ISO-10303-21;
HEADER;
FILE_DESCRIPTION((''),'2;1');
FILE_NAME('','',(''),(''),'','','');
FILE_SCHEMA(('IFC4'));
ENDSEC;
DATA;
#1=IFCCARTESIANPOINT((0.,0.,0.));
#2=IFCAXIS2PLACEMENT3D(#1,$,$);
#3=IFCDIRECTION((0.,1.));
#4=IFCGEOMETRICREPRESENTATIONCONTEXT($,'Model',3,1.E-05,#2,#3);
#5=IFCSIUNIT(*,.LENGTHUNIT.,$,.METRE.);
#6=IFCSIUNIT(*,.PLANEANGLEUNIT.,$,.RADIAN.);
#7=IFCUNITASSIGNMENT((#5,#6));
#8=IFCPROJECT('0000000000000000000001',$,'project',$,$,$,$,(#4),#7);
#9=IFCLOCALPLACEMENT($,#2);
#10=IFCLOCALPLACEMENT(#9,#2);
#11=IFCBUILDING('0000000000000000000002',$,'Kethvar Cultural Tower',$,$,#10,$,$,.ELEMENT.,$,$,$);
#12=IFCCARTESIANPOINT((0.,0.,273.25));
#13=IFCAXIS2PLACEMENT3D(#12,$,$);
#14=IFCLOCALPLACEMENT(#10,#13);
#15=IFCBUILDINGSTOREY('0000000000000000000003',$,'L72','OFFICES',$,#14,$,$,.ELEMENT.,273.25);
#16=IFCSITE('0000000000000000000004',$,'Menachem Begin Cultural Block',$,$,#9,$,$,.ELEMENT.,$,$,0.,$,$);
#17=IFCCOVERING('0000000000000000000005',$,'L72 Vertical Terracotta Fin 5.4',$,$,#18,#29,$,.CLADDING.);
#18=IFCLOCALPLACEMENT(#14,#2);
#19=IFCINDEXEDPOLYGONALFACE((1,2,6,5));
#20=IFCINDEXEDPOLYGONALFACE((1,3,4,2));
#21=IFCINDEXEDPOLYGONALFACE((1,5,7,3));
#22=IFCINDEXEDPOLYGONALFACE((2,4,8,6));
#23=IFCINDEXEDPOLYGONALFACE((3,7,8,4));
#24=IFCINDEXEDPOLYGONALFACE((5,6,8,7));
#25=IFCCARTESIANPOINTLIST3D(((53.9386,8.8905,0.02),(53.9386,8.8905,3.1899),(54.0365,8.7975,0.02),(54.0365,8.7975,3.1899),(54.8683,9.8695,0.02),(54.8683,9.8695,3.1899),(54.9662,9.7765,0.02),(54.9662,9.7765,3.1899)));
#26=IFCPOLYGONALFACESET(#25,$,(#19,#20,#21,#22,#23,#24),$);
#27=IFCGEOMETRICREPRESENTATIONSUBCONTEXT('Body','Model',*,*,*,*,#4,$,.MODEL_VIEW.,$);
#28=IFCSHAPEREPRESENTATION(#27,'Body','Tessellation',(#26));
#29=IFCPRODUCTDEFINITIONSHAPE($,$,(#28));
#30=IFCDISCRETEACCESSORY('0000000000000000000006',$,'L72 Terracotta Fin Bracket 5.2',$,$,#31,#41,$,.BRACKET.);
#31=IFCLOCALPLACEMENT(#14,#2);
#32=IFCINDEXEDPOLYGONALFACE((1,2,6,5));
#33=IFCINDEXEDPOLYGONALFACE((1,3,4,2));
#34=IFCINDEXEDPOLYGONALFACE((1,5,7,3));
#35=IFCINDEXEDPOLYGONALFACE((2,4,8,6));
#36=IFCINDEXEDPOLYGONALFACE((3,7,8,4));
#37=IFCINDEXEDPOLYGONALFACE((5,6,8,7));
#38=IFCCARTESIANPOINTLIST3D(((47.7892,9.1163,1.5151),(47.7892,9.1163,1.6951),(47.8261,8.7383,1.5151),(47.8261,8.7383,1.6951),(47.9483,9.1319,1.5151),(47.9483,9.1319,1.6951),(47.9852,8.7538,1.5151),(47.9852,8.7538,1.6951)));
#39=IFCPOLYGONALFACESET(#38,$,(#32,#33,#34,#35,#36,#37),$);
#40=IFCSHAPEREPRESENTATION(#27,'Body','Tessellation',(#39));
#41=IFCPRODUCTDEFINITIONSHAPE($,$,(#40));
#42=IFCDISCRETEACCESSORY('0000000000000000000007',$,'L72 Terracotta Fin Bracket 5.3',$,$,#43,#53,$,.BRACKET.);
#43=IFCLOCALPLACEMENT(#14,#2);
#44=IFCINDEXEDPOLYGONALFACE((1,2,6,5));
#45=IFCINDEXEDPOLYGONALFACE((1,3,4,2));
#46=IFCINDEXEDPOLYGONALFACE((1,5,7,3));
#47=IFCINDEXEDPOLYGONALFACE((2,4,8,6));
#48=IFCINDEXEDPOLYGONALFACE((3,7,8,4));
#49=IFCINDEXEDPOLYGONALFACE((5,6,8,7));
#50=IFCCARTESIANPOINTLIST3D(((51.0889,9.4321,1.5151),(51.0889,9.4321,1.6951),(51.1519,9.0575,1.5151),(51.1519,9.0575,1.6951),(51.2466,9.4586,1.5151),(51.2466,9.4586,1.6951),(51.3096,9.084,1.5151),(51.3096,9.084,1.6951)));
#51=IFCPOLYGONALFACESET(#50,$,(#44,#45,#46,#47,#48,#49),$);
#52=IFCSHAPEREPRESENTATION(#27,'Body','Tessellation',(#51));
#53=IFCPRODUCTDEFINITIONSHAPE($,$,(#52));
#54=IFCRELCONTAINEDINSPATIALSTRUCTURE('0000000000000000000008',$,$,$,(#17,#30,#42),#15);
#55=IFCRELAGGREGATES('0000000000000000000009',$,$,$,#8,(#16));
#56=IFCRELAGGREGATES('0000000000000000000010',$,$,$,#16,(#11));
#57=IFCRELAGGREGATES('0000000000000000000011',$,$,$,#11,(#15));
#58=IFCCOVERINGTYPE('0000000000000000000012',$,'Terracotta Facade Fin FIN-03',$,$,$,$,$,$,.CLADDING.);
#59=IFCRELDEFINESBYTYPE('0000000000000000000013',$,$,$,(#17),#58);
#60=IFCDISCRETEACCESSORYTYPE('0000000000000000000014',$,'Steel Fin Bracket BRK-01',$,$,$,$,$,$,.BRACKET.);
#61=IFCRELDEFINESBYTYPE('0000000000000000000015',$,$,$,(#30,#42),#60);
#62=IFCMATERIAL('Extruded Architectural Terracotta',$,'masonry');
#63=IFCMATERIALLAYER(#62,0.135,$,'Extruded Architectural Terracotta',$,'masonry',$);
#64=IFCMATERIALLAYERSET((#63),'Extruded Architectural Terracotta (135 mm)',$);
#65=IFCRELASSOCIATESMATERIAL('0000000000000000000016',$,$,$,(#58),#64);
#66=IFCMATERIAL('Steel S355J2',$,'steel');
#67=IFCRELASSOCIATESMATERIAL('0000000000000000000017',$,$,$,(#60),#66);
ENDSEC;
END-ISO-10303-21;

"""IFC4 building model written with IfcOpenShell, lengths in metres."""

from ifc_helpers import new_model, si_unit, direction, frame, origin, origin_2d, place, context, subcontext, project, spatial, rectangle, extrude, source, transform, mapped, material, layer, layer_set, type_object, element, save


model = new_model("IFC4")

# Units and contexts
model_context = context("Model", 3, precision=1e-05, world=origin(), true_north=direction((0.0, 1.0)))
body_context = subcontext(model_context, "Body", "Model", "MODEL_VIEW")
ifc_project = project(units=[si_unit("LENGTHUNIT", "METRE"), si_unit("PLANEANGLEUNIT", "RADIAN")], contexts=[model_context])

# Site, building, storey
site_placement = place(None, origin())
site = spatial("IfcSite", under=ifc_project, at=site_placement, Name="Menachem Begin Cultural Block", CompositionType="ELEMENT", RefElevation=0.0)
building_placement = place(site_placement, origin())
building = spatial("IfcBuilding", under=site, at=building_placement, Name="Kethvar Cultural Tower", CompositionType="ELEMENT")
storey_placement = place(building_placement, frame((0.0, 0.0, 273.25)))
storey = spatial("IfcBuildingStorey", under=building, at=storey_placement, Name="L72", Description="OFFICES", CompositionType="ELEMENT", Elevation=273.25)

# Shared definitions
ifc_material_1 = material(Name="Steel S355J2", Category="steel")

# Covering
ifc_material_2 = material(Name="Extruded Architectural Terracotta", Category="masonry")
ifc_layer_1 = layer(ifc_material_2, 0.135, Name="Extruded Architectural Terracotta", Category="masonry")
ifc_layer_set_1 = layer_set([ifc_layer_1], Name="Extruded Architectural Terracotta (135 mm)")
covering_type_1 = type_object("IfcCoveringType", Name="Terracotta Facade Fin FIN-03", PredefinedType="CLADDING", material=ifc_layer_set_1)
shared_shape_1 = source(origin(), body_context, "Body", "SweptSolid", [
    extrude(rectangle(XDim=1.3501, YDim=0.135, at=origin_2d()), origin(), (0.0, 0.0, 1.0), 3.1699),
])
for number, where, z_axis, x_axis, name in (
    (1, (54.4524, 9.3335, 0.02), (0.0, 0.0, 1.0), (-0.688608, -0.725134, 0.0), "L72 Vertical Terracotta Fin 5.4"),
):
    element("IfcCovering", number, at=place(storey_placement, frame(where, z_axis=z_axis, x_axis=x_axis)), inside=storey, type_object=covering_type_1, Name=name, PredefinedType="CLADDING", context=body_context, shape_type="MappedRepresentation", body=[
        mapped(shared_shape_1, transform((0.0, 0.0, 0.0), scale=1.0)),
    ])

# Discrete accessories
discrete_accessory_type = type_object("IfcDiscreteAccessoryType", Name="Steel Fin Bracket BRK-01", PredefinedType="BRACKET", material=ifc_material_1)
shared_shape_2 = source(origin(), body_context, "Body", "SweptSolid", [
    extrude(rectangle(XDim=0.3799, YDim=0.1599, at=origin_2d()), origin(), (0.0, 0.0, 1.0), 0.1799),
])
for number, where, z_axis, x_axis, name in (
    (2, (47.8872, 8.9351, 1.5151), (0.0, 0.0, 1.0), (0.097062, -0.995278, 0.0), "L72 Terracotta Fin Bracket 5.2"),
    (3, (51.1992, 9.2581, 1.5151), (0.0, 0.0, 1.0), (0.165908, -0.986141, 0.0), "L72 Terracotta Fin Bracket 5.3"),
):
    element("IfcDiscreteAccessory", number, at=place(storey_placement, frame(where, z_axis=z_axis, x_axis=x_axis)), inside=storey, type_object=discrete_accessory_type, Name=name, PredefinedType="BRACKET", context=body_context, shape_type="MappedRepresentation", body=[
        mapped(shared_shape_2, transform((0.0, 0.0, 0.0), scale=1.0)),
    ])

save(model, "model.ifc")
